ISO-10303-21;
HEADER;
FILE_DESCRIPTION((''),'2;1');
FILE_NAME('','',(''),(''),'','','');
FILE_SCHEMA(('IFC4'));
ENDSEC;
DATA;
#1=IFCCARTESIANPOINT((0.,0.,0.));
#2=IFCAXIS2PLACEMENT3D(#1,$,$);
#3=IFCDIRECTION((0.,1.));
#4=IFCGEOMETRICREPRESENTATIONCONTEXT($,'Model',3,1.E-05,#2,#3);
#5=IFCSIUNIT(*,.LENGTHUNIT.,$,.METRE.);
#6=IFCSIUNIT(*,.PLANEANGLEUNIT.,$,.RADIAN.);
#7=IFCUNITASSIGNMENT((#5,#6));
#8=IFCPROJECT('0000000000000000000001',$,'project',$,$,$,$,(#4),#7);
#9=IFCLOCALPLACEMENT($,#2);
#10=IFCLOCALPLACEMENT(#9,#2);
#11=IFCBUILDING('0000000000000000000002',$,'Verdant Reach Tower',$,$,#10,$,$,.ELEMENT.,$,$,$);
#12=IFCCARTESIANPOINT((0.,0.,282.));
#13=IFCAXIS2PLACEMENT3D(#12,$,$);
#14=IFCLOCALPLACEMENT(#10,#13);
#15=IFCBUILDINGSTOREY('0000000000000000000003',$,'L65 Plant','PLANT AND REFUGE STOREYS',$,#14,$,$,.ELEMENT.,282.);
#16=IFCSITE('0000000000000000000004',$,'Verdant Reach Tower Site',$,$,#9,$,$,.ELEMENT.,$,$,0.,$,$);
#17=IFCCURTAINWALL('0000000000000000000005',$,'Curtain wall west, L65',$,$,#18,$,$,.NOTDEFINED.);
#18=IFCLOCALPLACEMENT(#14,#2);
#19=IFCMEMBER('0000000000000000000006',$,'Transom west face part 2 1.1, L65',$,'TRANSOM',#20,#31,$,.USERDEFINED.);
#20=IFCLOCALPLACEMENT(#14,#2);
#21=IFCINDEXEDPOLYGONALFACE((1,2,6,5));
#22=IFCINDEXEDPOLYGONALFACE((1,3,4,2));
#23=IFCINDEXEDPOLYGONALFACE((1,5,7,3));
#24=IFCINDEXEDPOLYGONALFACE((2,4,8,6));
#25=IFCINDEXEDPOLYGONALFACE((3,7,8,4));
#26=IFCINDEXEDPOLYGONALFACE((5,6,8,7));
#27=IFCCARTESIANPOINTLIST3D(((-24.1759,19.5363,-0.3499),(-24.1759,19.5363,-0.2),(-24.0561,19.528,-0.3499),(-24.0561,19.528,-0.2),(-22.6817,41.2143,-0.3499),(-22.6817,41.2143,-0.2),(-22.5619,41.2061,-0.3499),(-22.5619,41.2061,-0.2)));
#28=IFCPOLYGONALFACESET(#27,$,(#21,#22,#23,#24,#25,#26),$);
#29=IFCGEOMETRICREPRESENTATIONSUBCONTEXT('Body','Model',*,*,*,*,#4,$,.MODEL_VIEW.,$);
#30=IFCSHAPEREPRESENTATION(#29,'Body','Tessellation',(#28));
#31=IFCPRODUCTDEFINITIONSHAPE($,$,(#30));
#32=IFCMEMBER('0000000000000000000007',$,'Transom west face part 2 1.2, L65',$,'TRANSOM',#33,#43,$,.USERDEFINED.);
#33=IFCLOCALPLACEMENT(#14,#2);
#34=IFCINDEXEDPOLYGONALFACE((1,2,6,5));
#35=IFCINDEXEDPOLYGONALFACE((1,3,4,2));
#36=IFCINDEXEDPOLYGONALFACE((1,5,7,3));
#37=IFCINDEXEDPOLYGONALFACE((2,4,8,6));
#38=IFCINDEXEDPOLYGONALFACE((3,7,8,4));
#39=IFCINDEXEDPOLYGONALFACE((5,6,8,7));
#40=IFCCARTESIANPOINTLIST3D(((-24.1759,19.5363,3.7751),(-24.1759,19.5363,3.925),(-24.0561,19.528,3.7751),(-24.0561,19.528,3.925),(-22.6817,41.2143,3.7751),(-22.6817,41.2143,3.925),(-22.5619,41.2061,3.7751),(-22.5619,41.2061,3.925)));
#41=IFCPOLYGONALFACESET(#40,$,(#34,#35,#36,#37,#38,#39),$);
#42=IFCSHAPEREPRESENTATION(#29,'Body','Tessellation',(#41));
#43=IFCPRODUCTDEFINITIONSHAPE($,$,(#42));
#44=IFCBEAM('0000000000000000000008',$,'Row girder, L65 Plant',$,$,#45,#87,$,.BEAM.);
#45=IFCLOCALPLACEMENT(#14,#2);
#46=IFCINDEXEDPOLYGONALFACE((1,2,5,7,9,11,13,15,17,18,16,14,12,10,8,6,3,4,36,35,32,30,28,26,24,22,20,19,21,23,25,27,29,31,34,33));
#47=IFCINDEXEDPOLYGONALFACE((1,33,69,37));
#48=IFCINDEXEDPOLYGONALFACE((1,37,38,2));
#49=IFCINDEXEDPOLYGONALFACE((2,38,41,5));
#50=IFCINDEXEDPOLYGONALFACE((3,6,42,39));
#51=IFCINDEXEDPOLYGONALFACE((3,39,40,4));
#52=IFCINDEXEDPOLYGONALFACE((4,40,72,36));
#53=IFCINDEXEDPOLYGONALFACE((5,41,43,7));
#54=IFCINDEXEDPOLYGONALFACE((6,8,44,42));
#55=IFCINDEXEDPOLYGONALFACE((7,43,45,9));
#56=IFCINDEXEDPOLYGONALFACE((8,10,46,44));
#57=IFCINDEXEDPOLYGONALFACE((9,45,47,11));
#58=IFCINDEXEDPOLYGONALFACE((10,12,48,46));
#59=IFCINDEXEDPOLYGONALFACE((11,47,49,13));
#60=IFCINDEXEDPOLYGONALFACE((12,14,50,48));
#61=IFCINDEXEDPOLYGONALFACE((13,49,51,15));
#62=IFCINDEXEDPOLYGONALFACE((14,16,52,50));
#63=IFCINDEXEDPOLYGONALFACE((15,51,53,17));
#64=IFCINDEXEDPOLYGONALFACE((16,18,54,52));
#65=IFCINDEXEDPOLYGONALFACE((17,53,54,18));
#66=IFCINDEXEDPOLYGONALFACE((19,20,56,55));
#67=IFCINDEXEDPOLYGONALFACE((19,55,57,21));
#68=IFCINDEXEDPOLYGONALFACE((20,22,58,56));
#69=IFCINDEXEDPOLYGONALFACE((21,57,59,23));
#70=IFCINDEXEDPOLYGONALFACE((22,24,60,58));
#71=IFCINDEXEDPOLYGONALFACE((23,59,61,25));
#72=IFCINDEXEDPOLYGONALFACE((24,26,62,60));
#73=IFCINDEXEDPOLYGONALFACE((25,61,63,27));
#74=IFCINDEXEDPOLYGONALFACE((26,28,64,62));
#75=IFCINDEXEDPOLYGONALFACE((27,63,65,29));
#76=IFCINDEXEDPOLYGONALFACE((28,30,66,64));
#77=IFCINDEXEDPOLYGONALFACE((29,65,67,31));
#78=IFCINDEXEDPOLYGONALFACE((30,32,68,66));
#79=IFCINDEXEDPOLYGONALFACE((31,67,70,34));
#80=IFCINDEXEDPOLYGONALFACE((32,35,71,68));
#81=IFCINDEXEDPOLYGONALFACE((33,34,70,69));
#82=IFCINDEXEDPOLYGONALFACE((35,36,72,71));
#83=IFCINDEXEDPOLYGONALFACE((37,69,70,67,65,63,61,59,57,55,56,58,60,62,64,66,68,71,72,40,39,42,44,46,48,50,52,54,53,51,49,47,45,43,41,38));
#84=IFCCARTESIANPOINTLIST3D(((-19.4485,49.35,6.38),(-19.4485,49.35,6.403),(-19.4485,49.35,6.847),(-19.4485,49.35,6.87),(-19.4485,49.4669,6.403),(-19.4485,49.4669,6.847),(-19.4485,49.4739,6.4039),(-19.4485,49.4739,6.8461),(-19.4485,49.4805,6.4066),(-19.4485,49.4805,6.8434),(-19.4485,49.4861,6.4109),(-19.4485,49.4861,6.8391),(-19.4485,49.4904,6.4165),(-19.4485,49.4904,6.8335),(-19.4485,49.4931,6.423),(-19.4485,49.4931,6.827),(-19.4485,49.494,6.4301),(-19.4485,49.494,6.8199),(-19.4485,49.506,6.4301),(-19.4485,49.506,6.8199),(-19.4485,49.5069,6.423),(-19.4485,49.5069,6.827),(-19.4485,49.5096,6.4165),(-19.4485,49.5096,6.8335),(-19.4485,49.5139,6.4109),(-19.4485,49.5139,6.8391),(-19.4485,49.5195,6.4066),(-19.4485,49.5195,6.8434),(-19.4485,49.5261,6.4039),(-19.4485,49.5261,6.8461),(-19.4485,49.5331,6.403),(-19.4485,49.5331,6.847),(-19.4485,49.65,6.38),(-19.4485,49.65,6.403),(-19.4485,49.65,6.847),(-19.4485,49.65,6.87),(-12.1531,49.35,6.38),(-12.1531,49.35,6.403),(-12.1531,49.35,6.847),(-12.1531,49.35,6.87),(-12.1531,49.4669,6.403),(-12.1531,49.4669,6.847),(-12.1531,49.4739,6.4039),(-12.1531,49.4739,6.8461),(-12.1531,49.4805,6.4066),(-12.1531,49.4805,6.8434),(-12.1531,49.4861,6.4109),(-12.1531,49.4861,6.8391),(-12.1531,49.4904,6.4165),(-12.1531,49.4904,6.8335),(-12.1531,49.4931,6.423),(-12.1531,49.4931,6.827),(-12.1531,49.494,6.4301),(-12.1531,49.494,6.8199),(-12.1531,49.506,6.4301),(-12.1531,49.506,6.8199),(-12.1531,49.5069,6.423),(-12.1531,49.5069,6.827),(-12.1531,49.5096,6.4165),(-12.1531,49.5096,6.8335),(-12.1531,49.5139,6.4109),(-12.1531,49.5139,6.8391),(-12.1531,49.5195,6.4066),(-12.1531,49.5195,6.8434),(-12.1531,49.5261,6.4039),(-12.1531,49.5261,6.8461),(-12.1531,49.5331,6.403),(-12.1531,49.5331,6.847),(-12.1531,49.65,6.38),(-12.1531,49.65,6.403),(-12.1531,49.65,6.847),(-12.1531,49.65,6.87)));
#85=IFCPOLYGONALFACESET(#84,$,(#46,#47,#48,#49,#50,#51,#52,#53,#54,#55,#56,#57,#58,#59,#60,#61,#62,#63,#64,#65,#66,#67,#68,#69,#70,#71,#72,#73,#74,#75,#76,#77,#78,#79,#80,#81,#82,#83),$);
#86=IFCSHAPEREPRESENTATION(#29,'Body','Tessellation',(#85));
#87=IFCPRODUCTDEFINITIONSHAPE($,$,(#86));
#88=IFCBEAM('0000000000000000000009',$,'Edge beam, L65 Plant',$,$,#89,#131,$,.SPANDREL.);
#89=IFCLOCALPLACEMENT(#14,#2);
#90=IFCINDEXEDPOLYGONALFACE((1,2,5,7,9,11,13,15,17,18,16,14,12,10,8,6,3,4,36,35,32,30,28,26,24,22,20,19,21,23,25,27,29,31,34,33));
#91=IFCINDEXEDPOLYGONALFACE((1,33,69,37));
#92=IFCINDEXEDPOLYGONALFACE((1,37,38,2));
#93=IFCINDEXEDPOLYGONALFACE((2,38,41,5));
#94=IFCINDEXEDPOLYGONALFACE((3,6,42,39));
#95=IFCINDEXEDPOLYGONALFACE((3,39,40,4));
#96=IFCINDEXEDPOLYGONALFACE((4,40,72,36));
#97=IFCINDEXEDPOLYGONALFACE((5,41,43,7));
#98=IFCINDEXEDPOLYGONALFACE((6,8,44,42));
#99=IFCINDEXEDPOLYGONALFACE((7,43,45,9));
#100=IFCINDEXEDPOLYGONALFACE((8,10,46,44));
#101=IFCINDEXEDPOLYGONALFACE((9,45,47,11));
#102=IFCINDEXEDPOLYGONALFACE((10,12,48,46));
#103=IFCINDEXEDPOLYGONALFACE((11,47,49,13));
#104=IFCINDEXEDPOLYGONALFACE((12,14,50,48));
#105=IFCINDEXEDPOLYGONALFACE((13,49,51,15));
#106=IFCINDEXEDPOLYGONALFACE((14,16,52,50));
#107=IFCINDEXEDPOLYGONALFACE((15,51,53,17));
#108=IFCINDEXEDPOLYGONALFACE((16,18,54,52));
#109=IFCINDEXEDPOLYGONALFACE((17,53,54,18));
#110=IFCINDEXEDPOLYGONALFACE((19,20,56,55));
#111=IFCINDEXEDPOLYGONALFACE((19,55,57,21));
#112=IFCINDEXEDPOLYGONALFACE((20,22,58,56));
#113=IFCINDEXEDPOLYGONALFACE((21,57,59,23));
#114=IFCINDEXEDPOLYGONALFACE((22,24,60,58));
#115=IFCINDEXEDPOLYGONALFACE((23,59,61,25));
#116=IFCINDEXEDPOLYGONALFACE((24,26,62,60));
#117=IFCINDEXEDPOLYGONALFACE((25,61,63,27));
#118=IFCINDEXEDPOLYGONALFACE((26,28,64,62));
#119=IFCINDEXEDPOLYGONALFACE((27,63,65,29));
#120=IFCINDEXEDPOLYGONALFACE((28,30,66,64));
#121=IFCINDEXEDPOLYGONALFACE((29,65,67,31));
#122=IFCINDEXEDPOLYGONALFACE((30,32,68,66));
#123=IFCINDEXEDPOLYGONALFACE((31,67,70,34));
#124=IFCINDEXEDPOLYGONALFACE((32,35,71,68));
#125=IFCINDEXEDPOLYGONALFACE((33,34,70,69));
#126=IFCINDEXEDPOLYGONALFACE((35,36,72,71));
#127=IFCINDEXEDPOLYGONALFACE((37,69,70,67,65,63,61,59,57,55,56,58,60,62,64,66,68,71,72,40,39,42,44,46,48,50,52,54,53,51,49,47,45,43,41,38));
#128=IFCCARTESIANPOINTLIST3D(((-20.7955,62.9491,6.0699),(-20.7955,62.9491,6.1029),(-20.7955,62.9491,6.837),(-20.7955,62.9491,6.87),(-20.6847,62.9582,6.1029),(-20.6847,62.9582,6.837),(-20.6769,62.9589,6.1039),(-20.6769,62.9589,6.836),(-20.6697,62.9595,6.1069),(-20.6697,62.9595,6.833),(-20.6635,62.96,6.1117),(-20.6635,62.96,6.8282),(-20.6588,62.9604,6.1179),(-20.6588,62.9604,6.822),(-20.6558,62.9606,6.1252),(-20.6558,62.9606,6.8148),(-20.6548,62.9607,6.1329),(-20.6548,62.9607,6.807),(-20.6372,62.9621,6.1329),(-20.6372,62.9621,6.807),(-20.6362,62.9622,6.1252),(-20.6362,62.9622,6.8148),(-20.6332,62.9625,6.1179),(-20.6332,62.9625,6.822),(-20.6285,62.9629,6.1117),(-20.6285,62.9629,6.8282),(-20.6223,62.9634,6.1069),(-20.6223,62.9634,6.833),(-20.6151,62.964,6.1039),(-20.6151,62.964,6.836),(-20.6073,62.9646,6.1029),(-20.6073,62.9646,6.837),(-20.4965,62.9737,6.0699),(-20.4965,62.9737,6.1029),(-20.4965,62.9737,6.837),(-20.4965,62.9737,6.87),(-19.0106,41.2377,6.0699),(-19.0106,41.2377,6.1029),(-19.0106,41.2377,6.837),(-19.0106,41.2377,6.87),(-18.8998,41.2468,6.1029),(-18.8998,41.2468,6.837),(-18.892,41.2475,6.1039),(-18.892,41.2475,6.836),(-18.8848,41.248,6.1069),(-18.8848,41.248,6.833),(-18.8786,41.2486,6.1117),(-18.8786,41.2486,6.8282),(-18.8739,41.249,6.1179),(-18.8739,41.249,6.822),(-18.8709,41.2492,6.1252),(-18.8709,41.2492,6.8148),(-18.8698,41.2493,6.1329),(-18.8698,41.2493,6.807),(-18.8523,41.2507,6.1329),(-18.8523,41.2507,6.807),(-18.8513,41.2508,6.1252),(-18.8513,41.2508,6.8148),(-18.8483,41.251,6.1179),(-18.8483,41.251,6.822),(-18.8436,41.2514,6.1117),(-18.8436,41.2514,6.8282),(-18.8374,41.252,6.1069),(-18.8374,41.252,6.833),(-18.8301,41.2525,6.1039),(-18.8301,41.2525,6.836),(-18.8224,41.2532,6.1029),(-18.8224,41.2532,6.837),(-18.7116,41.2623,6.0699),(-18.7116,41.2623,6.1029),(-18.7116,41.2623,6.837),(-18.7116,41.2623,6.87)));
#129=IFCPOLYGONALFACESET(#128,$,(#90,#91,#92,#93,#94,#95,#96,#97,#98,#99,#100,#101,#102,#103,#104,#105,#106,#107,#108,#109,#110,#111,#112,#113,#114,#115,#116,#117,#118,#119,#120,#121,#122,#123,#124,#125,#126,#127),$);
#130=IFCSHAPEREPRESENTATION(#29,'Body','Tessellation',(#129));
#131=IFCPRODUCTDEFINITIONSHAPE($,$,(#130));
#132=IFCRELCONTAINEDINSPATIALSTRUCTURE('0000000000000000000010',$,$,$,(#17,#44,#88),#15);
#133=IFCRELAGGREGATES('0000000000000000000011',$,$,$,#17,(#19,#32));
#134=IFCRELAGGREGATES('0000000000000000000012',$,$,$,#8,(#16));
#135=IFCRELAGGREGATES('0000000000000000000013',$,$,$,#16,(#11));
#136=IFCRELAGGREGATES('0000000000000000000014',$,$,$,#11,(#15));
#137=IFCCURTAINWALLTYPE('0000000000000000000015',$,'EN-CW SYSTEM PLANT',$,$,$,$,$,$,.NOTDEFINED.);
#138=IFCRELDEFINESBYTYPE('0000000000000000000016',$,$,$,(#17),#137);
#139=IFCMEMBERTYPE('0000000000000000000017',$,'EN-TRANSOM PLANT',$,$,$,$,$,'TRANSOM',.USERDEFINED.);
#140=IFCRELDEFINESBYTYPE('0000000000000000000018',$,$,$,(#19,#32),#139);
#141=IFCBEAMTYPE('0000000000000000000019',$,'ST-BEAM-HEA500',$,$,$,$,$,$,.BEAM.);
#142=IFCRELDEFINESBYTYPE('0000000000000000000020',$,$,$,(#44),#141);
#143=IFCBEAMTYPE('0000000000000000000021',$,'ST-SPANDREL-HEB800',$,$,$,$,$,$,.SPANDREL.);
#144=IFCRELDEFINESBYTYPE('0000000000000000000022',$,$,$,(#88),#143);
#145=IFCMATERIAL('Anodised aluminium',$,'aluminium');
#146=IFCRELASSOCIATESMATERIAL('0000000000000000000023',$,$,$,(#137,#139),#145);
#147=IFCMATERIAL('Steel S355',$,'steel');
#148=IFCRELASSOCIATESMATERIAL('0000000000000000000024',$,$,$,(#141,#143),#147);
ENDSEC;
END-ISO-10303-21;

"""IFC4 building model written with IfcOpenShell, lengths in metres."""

from ifc_helpers import new_model, si_unit, direction, frame, origin, origin_2d, place, context, subcontext, project, spatial, rectangle, i_section, extrude, material, material_profile, profile_set, type_object, element, aggregate, save


model = new_model("IFC4")

# Units and contexts
model_context = context("Model", 3, precision=1e-05, world=origin(), true_north=direction((0.0, 1.0)))
body_context = subcontext(model_context, "Body", "Model", "MODEL_VIEW")
ifc_project = project(units=[si_unit("LENGTHUNIT", "METRE"), si_unit("PLANEANGLEUNIT", "RADIAN")], contexts=[model_context])

# Site, building, storey
site_placement = place(None, origin())
site = spatial("IfcSite", under=ifc_project, at=site_placement, Name="Verdant Reach Tower Site", CompositionType="ELEMENT", RefElevation=0.0)
building_placement = place(site_placement, origin())
building = spatial("IfcBuilding", under=site, at=building_placement, Name="Verdant Reach Tower", CompositionType="ELEMENT")
storey_placement = place(building_placement, frame((0.0, 0.0, 282.0)))
storey = spatial("IfcBuildingStorey", under=building, at=storey_placement, Name="L65 Plant", Description="PLANT AND REFUGE STOREYS", CompositionType="ELEMENT", Elevation=282.0)

# Curtain wall, members
ifc_material_1 = material(Name="Anodised aluminium", Category="aluminium")
curtain_wall_type = type_object("IfcCurtainWallType", Name="EN-CW SYSTEM PLANT", PredefinedType="NOTDEFINED", material=ifc_material_1)
curtain_wall_placement = place(storey_placement, origin())
curtain_wall = element("IfcCurtainWall", 1, at=curtain_wall_placement, inside=storey, type_object=curtain_wall_type, Name="Curtain wall west, L65", PredefinedType="NOTDEFINED")
ifc_material_profile_1 = material_profile(ifc_material_1, rectangle(XDim=0.1201, YDim=0.1499, at=origin_2d()), Name="Transom 150x120")
ifc_profile_set_1 = profile_set([ifc_material_profile_1], Name="Anodised aluminium")
member_type_1 = type_object("IfcMemberType", Name="EN-TRANSOM PLANT", ElementType="TRANSOM", PredefinedType="USERDEFINED", material=ifc_profile_set_1)
member_1_placement = place(storey_placement, frame((-22.6218, 41.2102, -0.2749), z_axis=(-0.068761, -0.997633, 0.0), x_axis=(0.997633, -0.068761, 0.0)))
member_1 = element("IfcMember", 2, at=member_1_placement, type_object=member_type_1, Name="Transom west face part 2 1.1, L65", ObjectType="TRANSOM", PredefinedType="USERDEFINED", context=body_context, shape_type="SweptSolid", body=[
    extrude(rectangle(XDim=0.1201, YDim=0.1499, at=origin_2d()), origin(), (0.0, 0.0, 1.0), 21.7295),
])
member_2_placement = place(storey_placement, frame((-22.6218, 41.2102, 3.8501), z_axis=(-0.068761, -0.997633, 0.0), x_axis=(0.997633, -0.068761, 0.0)))
member_2 = element("IfcMember", 3, at=member_2_placement, type_object=member_type_1, Name="Transom west face part 2 1.2, L65", ObjectType="TRANSOM", PredefinedType="USERDEFINED", context=body_context, shape_type="SweptSolid", body=[
    extrude(rectangle(XDim=0.1201, YDim=0.1499, at=origin_2d()), origin(), (0.0, 0.0, 1.0), 21.7295),
])

# Beams
ifc_material_2 = material(Name="Steel S355", Category="steel")
ifc_material_profile_2 = material_profile(ifc_material_2, i_section(OverallWidth=0.3, OverallDepth=0.49, WebThickness=0.012, FlangeThickness=0.0229, FilletRadius=0.0271, at=origin_2d()), Name="HEA 500")
ifc_profile_set_2 = profile_set([ifc_material_profile_2], Name="Steel S355")
beam_type_1 = type_object("IfcBeamType", Name="ST-BEAM-HEA500", PredefinedType="BEAM", material=ifc_profile_set_2)
beam_1_placement = place(storey_placement, frame((-19.4485, 49.5, 6.625), z_axis=(1.0, 0.0, 0.0), x_axis=(0.0, 1.0, 0.0)))
element("IfcBeam", 4, at=beam_1_placement, inside=storey, type_object=beam_type_1, Name="Row girder, L65 Plant", PredefinedType="BEAM", context=body_context, shape_type="SweptSolid", body=[
    extrude(i_section(OverallWidth=0.3, OverallDepth=0.49, WebThickness=0.012, FlangeThickness=0.0229, FilletRadius=0.0271, at=origin_2d()), origin(), (0.0, 0.0, 1.0), 7.2954),
])
ifc_material_profile_3 = material_profile(ifc_material_2, i_section(OverallWidth=0.3, OverallDepth=0.8, WebThickness=0.0176, FlangeThickness=0.033, FilletRadius=0.03, at=origin_2d()), Name="HEB 800")
ifc_profile_set_3 = profile_set([ifc_material_profile_3], Name="Steel S355")
beam_type_2 = type_object("IfcBeamType", Name="ST-SPANDREL-HEB800", PredefinedType="SPANDREL", material=ifc_profile_set_3)
beam_2_placement = place(storey_placement, frame((-18.8611, 41.25, 6.47), z_axis=(-0.081934, 0.996638, 0.0), x_axis=(-0.996638, -0.081934, 0.0)))
element("IfcBeam", 5, at=beam_2_placement, inside=storey, type_object=beam_type_2, Name="Edge beam, L65 Plant", PredefinedType="SPANDREL", context=body_context, shape_type="SweptSolid", body=[
    extrude(i_section(OverallWidth=0.3, OverallDepth=0.8, WebThickness=0.0176, FlangeThickness=0.033, FilletRadius=0.03, at=origin_2d()), origin(), (0.0, 0.0, 1.0), 21.7847),
])

aggregate(curtain_wall, [member_1, member_2])

save(model, "model.ifc")
